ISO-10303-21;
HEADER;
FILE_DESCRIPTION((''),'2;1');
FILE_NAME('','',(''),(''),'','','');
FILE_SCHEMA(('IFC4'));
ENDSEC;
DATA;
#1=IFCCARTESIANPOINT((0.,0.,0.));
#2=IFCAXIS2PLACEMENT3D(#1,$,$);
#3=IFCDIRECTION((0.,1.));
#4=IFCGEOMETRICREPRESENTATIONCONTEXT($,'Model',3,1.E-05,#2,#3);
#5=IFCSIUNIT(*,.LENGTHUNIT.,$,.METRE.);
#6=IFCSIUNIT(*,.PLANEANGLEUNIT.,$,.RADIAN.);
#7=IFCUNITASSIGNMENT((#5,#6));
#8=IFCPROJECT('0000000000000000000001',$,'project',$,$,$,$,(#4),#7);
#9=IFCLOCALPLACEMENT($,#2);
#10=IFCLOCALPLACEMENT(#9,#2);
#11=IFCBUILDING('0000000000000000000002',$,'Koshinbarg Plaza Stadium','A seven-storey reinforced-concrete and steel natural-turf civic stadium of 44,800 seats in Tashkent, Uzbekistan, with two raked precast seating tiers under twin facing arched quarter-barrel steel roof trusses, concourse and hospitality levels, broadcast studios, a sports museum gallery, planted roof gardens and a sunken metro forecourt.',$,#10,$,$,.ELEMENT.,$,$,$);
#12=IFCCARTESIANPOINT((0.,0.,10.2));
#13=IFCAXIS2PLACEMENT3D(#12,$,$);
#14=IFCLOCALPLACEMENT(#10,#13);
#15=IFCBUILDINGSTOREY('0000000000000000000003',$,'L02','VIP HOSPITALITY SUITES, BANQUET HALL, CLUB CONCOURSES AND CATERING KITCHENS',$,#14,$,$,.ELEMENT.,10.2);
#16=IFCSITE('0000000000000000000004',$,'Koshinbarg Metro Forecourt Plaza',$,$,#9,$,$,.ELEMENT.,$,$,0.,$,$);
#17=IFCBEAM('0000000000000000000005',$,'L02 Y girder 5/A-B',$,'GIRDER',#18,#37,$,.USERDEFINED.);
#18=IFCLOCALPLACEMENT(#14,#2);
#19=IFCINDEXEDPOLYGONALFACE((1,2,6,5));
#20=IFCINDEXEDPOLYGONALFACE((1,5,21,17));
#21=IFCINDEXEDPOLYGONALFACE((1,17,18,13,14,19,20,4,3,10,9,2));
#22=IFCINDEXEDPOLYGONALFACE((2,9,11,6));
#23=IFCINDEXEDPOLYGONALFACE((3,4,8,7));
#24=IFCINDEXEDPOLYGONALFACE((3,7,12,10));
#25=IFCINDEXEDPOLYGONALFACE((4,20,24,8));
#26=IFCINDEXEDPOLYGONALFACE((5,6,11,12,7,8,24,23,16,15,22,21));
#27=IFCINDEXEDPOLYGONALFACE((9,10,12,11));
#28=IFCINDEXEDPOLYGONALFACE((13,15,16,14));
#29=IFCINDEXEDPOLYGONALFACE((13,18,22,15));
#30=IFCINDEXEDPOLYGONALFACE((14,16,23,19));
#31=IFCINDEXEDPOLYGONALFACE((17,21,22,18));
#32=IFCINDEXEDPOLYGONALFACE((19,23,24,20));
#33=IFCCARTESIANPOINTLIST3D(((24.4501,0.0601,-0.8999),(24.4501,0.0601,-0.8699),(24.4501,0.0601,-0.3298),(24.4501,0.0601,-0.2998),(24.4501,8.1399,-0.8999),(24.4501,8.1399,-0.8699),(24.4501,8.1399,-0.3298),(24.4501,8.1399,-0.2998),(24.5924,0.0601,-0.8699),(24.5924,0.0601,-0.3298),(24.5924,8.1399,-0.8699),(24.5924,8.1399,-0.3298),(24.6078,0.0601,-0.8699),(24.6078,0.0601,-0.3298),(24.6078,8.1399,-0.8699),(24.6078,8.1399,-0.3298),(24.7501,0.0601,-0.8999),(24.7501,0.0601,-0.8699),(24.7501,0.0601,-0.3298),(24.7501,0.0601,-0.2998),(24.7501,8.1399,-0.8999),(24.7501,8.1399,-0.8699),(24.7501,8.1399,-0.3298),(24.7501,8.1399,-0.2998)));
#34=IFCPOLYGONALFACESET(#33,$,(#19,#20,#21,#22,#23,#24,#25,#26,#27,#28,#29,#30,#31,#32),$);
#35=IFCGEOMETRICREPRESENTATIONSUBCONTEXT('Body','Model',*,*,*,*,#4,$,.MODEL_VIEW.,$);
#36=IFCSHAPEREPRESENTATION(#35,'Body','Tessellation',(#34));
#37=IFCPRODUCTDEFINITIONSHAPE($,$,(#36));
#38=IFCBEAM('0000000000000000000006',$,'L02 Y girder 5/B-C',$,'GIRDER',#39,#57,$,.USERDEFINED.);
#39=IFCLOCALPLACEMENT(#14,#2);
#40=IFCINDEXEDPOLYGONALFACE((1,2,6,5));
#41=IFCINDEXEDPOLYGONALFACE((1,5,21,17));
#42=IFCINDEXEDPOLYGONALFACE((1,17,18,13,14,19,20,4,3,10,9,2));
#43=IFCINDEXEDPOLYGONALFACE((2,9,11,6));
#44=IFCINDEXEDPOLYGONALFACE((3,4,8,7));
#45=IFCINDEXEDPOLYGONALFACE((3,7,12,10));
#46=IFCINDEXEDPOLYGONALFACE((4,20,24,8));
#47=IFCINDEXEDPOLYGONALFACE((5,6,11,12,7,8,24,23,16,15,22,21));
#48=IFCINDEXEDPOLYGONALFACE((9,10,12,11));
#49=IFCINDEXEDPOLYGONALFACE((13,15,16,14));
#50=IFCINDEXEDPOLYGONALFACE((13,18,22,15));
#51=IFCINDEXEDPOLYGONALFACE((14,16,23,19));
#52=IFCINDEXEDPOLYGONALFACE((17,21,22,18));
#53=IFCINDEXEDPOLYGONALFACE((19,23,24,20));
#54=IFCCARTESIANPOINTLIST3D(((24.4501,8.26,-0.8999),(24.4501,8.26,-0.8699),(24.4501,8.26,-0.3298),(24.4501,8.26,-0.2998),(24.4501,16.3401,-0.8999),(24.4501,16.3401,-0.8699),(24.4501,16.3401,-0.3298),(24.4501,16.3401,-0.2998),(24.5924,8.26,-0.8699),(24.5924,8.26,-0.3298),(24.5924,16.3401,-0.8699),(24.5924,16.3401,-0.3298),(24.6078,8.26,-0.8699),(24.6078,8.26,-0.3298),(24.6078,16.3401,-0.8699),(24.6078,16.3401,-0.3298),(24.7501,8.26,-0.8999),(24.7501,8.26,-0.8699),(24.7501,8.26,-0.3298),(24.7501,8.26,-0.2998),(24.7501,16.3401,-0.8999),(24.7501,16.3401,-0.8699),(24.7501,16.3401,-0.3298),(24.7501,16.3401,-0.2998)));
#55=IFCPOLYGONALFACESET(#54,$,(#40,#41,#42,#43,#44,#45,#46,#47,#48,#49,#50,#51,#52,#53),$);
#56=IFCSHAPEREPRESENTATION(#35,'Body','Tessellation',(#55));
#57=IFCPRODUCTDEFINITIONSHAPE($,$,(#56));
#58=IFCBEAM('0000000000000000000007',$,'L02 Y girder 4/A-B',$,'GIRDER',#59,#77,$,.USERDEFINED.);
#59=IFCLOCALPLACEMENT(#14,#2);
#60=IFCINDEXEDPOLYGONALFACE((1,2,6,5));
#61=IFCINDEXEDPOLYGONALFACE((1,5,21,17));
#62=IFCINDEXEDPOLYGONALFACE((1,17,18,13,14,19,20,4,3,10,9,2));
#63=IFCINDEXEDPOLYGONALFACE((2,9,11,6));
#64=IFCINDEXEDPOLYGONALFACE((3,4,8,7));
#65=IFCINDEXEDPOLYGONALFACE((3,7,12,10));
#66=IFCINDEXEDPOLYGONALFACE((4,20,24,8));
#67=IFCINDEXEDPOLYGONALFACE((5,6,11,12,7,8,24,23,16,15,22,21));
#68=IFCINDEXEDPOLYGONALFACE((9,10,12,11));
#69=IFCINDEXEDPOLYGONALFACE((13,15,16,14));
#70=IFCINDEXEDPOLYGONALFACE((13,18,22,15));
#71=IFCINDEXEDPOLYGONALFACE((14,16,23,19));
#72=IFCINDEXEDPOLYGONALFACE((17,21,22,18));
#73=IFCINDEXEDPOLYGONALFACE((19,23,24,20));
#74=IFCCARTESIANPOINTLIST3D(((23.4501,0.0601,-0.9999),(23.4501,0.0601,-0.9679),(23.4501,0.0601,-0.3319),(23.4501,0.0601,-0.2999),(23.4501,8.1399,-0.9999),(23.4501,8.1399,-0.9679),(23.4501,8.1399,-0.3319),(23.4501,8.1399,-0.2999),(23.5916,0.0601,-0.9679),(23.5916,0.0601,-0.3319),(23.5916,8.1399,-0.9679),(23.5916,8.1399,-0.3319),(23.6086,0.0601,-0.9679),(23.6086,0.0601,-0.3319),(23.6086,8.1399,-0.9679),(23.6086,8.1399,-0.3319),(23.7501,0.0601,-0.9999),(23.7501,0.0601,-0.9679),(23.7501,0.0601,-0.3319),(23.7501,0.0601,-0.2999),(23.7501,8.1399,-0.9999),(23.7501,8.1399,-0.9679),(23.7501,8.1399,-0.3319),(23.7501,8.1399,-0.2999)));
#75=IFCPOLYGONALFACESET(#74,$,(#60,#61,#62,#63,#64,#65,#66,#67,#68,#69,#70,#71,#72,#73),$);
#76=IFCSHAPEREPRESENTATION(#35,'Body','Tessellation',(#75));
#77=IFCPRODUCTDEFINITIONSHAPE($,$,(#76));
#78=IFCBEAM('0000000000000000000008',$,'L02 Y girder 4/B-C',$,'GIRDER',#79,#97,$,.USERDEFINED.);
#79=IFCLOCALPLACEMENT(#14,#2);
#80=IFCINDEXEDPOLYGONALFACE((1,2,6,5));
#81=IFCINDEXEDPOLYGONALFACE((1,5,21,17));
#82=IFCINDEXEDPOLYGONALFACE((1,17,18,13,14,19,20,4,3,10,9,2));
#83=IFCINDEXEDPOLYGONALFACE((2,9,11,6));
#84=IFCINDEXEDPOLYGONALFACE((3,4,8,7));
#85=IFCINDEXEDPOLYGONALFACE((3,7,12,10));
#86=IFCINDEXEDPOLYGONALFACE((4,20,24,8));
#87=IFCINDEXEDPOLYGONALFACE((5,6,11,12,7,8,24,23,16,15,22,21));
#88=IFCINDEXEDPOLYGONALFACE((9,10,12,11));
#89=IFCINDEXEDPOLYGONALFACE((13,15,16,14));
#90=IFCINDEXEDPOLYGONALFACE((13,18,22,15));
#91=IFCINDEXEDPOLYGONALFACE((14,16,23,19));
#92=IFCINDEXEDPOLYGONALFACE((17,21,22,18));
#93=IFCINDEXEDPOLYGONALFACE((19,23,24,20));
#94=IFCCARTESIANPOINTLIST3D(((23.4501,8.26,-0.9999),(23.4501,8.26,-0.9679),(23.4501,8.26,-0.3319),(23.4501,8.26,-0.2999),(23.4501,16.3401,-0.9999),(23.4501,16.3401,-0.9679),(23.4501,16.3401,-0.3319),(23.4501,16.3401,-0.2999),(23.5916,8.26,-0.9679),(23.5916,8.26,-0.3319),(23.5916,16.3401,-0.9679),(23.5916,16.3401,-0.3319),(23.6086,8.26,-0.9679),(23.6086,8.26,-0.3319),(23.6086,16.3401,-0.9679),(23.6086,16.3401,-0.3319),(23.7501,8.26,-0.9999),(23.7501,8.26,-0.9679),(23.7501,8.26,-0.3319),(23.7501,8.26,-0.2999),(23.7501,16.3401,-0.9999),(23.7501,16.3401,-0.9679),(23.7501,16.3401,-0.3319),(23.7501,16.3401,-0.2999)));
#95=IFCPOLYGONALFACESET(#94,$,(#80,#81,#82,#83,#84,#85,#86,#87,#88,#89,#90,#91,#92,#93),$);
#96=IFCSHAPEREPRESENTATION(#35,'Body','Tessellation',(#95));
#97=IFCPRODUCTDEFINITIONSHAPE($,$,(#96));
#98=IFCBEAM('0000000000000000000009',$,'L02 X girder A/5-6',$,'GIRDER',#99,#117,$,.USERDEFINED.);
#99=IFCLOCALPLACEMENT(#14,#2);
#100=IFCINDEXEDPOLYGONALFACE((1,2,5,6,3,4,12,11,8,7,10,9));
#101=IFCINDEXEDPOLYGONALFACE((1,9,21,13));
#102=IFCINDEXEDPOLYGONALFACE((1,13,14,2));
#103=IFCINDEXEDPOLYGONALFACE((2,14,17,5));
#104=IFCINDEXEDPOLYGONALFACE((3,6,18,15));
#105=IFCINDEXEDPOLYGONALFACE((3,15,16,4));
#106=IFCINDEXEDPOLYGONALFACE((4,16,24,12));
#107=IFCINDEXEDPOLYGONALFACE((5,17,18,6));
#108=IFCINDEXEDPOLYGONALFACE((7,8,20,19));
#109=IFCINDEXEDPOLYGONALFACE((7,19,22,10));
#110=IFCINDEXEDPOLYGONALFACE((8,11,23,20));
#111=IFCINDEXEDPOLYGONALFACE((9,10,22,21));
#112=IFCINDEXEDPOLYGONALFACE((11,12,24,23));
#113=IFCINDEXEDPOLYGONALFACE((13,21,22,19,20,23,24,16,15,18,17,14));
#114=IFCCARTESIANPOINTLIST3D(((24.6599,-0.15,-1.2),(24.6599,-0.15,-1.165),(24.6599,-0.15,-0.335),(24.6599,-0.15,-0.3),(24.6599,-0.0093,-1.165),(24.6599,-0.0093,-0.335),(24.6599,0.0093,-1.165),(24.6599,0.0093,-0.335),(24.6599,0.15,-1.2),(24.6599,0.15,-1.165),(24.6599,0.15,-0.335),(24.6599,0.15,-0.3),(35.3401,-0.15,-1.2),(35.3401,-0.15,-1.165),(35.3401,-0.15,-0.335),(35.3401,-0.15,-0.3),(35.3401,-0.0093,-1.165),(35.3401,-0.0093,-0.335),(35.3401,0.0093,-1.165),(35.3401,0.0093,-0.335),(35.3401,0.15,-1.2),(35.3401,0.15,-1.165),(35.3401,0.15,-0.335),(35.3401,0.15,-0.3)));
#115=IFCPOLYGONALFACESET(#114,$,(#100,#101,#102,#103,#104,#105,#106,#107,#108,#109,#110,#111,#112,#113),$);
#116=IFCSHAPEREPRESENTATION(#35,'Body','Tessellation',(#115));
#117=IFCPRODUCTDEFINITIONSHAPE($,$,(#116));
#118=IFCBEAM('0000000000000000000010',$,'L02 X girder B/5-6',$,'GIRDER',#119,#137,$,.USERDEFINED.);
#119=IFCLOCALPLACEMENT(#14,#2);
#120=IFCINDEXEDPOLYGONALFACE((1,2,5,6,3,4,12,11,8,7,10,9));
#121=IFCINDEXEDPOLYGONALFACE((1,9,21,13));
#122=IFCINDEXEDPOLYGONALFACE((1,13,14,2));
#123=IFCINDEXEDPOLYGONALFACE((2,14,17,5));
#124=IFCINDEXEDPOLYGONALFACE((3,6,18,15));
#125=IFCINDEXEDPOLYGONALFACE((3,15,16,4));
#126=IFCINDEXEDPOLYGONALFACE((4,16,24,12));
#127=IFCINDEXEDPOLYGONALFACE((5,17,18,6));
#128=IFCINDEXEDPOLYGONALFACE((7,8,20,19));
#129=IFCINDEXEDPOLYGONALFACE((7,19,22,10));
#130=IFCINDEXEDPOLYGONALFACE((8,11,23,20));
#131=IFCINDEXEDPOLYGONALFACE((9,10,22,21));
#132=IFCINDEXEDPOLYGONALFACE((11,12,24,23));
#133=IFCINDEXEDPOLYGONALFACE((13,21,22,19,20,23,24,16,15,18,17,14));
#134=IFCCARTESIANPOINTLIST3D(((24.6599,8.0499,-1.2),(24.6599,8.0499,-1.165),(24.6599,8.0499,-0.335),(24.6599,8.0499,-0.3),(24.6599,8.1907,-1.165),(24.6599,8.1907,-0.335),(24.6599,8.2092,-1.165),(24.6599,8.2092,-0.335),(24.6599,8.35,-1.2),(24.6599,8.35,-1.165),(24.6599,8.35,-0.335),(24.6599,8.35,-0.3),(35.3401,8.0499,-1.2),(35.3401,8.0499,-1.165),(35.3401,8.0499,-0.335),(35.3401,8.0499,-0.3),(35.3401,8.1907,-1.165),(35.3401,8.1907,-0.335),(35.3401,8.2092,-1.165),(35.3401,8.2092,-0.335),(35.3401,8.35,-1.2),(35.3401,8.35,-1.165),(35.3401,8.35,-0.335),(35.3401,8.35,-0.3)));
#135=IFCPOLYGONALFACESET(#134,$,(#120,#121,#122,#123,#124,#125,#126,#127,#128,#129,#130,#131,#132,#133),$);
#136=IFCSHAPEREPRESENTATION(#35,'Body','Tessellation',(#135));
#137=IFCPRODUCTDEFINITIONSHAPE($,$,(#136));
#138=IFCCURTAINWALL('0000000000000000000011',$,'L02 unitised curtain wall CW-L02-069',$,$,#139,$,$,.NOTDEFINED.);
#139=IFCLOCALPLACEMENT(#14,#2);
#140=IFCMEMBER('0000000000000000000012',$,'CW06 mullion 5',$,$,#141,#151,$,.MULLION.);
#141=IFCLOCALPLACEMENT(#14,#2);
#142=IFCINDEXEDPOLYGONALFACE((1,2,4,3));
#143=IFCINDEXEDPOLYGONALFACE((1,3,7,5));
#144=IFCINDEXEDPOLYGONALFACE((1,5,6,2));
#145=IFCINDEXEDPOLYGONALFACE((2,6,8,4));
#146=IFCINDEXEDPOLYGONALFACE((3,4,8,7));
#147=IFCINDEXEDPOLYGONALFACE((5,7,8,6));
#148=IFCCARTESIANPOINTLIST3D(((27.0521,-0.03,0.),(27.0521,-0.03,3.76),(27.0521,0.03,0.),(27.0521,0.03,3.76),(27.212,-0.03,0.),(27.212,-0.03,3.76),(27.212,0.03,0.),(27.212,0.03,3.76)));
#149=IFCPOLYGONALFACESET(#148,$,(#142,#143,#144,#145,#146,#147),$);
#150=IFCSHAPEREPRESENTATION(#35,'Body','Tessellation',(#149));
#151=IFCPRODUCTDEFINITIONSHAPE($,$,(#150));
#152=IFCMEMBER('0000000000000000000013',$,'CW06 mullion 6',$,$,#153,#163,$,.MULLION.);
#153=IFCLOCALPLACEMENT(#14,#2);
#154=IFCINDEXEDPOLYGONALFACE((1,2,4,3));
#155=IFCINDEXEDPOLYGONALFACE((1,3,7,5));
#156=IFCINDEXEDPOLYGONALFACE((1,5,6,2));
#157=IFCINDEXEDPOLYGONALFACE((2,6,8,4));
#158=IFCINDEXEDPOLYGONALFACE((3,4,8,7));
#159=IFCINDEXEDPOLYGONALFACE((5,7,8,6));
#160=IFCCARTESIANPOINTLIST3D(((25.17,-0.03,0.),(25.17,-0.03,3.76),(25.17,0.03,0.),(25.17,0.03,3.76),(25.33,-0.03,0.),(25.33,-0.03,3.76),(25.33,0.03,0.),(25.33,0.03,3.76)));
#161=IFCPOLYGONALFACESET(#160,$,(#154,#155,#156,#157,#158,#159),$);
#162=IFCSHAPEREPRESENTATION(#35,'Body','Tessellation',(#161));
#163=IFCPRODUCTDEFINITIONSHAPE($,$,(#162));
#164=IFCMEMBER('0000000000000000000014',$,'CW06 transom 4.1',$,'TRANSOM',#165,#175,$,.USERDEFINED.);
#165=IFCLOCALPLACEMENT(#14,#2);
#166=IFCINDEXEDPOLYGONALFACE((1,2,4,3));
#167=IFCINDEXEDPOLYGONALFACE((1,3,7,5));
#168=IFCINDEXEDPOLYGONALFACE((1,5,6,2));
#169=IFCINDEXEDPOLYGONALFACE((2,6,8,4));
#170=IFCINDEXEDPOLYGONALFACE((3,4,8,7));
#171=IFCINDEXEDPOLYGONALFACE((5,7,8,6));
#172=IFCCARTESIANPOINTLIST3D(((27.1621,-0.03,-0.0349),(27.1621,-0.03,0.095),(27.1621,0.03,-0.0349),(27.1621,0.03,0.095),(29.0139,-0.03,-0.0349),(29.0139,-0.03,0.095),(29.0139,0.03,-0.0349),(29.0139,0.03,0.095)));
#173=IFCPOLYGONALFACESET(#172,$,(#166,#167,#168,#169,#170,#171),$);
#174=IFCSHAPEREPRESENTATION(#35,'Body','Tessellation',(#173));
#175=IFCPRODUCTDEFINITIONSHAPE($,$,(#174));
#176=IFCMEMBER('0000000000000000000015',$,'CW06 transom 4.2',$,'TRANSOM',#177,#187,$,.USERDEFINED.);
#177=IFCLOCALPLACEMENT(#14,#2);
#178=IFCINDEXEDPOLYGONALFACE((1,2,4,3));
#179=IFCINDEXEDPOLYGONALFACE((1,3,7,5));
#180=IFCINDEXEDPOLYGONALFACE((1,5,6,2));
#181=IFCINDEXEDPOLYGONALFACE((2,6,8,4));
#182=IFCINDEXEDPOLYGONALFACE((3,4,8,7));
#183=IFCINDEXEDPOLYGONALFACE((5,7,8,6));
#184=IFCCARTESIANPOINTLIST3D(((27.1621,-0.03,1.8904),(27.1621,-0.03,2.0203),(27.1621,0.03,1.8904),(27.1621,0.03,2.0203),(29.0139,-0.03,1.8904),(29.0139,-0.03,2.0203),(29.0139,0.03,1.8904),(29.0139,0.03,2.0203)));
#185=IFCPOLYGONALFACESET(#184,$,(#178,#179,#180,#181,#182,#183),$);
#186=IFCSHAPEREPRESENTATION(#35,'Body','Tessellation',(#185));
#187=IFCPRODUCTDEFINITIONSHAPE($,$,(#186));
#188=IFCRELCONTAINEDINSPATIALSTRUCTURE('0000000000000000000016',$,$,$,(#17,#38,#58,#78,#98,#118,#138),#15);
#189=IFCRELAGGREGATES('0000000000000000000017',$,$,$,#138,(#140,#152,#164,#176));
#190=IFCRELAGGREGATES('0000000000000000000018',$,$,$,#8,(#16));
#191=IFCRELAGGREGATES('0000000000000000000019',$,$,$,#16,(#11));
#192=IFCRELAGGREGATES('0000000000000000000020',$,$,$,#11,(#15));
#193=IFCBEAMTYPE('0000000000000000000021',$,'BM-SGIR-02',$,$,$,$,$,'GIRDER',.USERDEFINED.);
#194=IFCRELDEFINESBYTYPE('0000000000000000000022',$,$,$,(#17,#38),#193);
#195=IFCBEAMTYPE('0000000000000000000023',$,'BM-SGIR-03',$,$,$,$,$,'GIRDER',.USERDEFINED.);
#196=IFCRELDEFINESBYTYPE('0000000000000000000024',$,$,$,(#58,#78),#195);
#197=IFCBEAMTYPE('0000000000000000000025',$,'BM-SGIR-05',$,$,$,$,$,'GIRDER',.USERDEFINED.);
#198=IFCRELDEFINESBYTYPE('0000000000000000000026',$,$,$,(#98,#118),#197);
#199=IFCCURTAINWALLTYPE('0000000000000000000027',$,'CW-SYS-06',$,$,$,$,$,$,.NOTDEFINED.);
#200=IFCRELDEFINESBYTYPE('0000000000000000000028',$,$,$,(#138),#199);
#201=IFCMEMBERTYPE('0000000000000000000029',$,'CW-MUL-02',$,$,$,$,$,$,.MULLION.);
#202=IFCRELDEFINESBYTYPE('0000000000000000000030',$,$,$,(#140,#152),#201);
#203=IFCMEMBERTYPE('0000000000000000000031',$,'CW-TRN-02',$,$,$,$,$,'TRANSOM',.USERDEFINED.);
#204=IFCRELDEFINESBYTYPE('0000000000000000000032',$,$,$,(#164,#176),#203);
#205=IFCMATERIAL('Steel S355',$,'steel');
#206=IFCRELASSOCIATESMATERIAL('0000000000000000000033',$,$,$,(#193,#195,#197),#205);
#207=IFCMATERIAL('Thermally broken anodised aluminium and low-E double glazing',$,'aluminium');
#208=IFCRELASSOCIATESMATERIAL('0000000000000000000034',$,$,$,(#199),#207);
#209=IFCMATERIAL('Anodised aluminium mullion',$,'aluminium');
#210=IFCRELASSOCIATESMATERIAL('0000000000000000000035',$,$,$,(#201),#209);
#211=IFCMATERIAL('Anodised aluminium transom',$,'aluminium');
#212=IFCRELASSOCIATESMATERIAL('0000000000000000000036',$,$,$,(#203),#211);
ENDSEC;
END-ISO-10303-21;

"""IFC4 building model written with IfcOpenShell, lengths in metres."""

from ifc_helpers import new_model, si_unit, direction, frame, origin, origin_2d, place, context, subcontext, project, spatial, rectangle, i_section, extrude, material, material_profile, profile_set, type_object, element, aggregate, save


model = new_model("IFC4")

# Units and contexts
model_context = context("Model", 3, precision=1e-05, world=origin(), true_north=direction((0.0, 1.0)))
body_context = subcontext(model_context, "Body", "Model", "MODEL_VIEW")
ifc_project = project(units=[si_unit("LENGTHUNIT", "METRE"), si_unit("PLANEANGLEUNIT", "RADIAN")], contexts=[model_context])

# Site, building, storey
site_placement = place(None, origin())
site = spatial("IfcSite", under=ifc_project, at=site_placement, Name="Koshinbarg Metro Forecourt Plaza", CompositionType="ELEMENT", RefElevation=0.0)
building_placement = place(site_placement, origin())
building = spatial("IfcBuilding", under=site, at=building_placement, Name="Koshinbarg Plaza Stadium", Description="A seven-storey reinforced-concrete and steel natural-turf civic stadium of 44,800 seats in Tashkent, Uzbekistan, with two raked precast seating tiers under twin facing arched quarter-barrel steel roof trusses, concourse and hospitality levels, broadcast studios, a sports museum gallery, planted roof gardens and a sunken metro forecourt.", CompositionType="ELEMENT")
storey_placement = place(building_placement, frame((0.0, 0.0, 10.2)))
storey = spatial("IfcBuildingStorey", under=building, at=storey_placement, Name="L02", Description="VIP HOSPITALITY SUITES, BANQUET HALL, CLUB CONCOURSES AND CATERING KITCHENS", CompositionType="ELEMENT", Elevation=10.2)

# Shared definitions
ifc_material_1 = material(Name="Steel S355", Category="steel")

# Beams
ifc_material_profile_1 = material_profile(ifc_material_1, i_section(OverallWidth=0.3, OverallDepth=0.6001, WebThickness=0.0154, FlangeThickness=0.03, at=origin_2d()), Name="HEB 600")
ifc_profile_set_1 = profile_set([ifc_material_profile_1], Name="Steel S355")
beam_type_1 = type_object("IfcBeamType", Name="BM-SGIR-02", ElementType="GIRDER", PredefinedType="USERDEFINED", material=ifc_profile_set_1)
beam_1_placement = place(storey_placement, frame((24.6001, 0.0601, -0.5999), z_axis=(0.0, 1.0, 0.0), x_axis=(-1.0, 0.0, 0.0)))
element("IfcBeam", 1, at=beam_1_placement, inside=storey, type_object=beam_type_1, Name="L02 Y girder 5/A-B", ObjectType="GIRDER", PredefinedType="USERDEFINED", context=body_context, shape_type="SweptSolid", body=[
    extrude(i_section(OverallWidth=0.3, OverallDepth=0.6001, WebThickness=0.0154, FlangeThickness=0.03, at=origin_2d()), origin(), (0.0, 0.0, 1.0), 8.0798),
])
beam_2_placement = place(storey_placement, frame((24.6001, 8.26, -0.5999), z_axis=(0.0, 1.0, 0.0), x_axis=(-1.0, 0.0, 0.0)))
element("IfcBeam", 2, at=beam_2_placement, inside=storey, type_object=beam_type_1, Name="L02 Y girder 5/B-C", ObjectType="GIRDER", PredefinedType="USERDEFINED", context=body_context, shape_type="SweptSolid", body=[
    extrude(i_section(OverallWidth=0.3, OverallDepth=0.6001, WebThickness=0.0154, FlangeThickness=0.03, at=origin_2d()), origin(), (0.0, 0.0, 1.0), 8.0801),
])
ifc_material_profile_2 = material_profile(ifc_material_1, i_section(OverallWidth=0.3, OverallDepth=0.7, WebThickness=0.0171, FlangeThickness=0.032, at=origin_2d()), Name="HEB 700")
ifc_profile_set_2 = profile_set([ifc_material_profile_2], Name="Steel S355")
beam_type_2 = type_object("IfcBeamType", Name="BM-SGIR-03", ElementType="GIRDER", PredefinedType="USERDEFINED", material=ifc_profile_set_2)
beam_3_placement = place(storey_placement, frame((23.6001, 0.0601, -0.6499), z_axis=(0.0, 1.0, 0.0), x_axis=(-1.0, 0.0, 0.0)))
element("IfcBeam", 3, at=beam_3_placement, inside=storey, type_object=beam_type_2, Name="L02 Y girder 4/A-B", ObjectType="GIRDER", PredefinedType="USERDEFINED", context=body_context, shape_type="SweptSolid", body=[
    extrude(i_section(OverallWidth=0.3, OverallDepth=0.7, WebThickness=0.0171, FlangeThickness=0.032, at=origin_2d()), origin(), (0.0, 0.0, 1.0), 8.0798),
])
beam_4_placement = place(storey_placement, frame((23.6001, 8.26, -0.6499), z_axis=(0.0, 1.0, 0.0), x_axis=(-1.0, 0.0, 0.0)))
element("IfcBeam", 4, at=beam_4_placement, inside=storey, type_object=beam_type_2, Name="L02 Y girder 4/B-C", ObjectType="GIRDER", PredefinedType="USERDEFINED", context=body_context, shape_type="SweptSolid", body=[
    extrude(i_section(OverallWidth=0.3, OverallDepth=0.7, WebThickness=0.0171, FlangeThickness=0.032, at=origin_2d()), origin(), (0.0, 0.0, 1.0), 8.0801),
])
ifc_material_profile_3 = material_profile(ifc_material_1, i_section(OverallWidth=0.3, OverallDepth=0.8999, WebThickness=0.0186, FlangeThickness=0.0349, at=origin_2d()), Name="HEB 900")
ifc_profile_set_3 = profile_set([ifc_material_profile_3], Name="Steel S355")
beam_type_3 = type_object("IfcBeamType", Name="BM-SGIR-05", ElementType="GIRDER", PredefinedType="USERDEFINED", material=ifc_profile_set_3)
for number, where, z_axis, x_axis, name in (
    (5, (24.6599, 0.0, -0.75), (1.0, 0.0, 0.0), (0.0, 1.0, 0.0), "L02 X girder A/5-6"),
    (6, (24.6599, 8.2, -0.75), (1.0, 0.0, 0.0), (0.0, 1.0, 0.0), "L02 X girder B/5-6"),
):
    element("IfcBeam", number, at=place(storey_placement, frame(where, z_axis=z_axis, x_axis=x_axis)), inside=storey, type_object=beam_type_3, Name=name, ObjectType="GIRDER", PredefinedType="USERDEFINED", context=body_context, shape_type="SweptSolid", body=[
        extrude(i_section(OverallWidth=0.3, OverallDepth=0.8999, WebThickness=0.0186, FlangeThickness=0.0349, at=origin_2d()), origin(), (0.0, 0.0, 1.0), 10.6802),
    ])

# Curtain wall, members
ifc_material_2 = material(Name="Thermally broken anodised aluminium and low-E double glazing", Category="aluminium")
curtain_wall_type = type_object("IfcCurtainWallType", Name="CW-SYS-06", PredefinedType="NOTDEFINED", material=ifc_material_2)
curtain_wall_placement = place(storey_placement, origin())
curtain_wall = element("IfcCurtainWall", 7, at=curtain_wall_placement, inside=storey, type_object=curtain_wall_type, Name="L02 unitised curtain wall CW-L02-069", PredefinedType="NOTDEFINED")
ifc_material_3 = material(Name="Anodised aluminium mullion", Category="aluminium")
ifc_material_profile_4 = material_profile(ifc_material_3, rectangle(XDim=0.0601, YDim=0.1599, at=origin_2d()), Name="ALU 60x160")
ifc_profile_set_4 = profile_set([ifc_material_profile_4], Name="Anodised aluminium mullion")
member_type_1 = type_object("IfcMemberType", Name="CW-MUL-02", PredefinedType="MULLION", material=ifc_profile_set_4)
member_1_placement = place(storey_placement, frame((27.1321, 0.0, 0.0), z_axis=(0.0, 0.0, 1.0), x_axis=(0.0, -1.0, 0.0)))
member_1 = element("IfcMember", 8, at=member_1_placement, type_object=member_type_1, Name="CW06 mullion 5", PredefinedType="MULLION", context=body_context, shape_type="SweptSolid", body=[
    extrude(rectangle(XDim=0.0601, YDim=0.1599, at=origin_2d()), origin(), (0.0, 0.0, 1.0), 3.76),
])
member_2_placement = place(storey_placement, frame((25.25, 0.0, 0.0), z_axis=(0.0, 0.0, 1.0), x_axis=(0.0, -1.0, 0.0)))
member_2 = element("IfcMember", 9, at=member_2_placement, type_object=member_type_1, Name="CW06 mullion 6", PredefinedType="MULLION", context=body_context, shape_type="SweptSolid", body=[
    extrude(rectangle(XDim=0.0601, YDim=0.1599, at=origin_2d()), origin(), (0.0, 0.0, 1.0), 3.76),
])
ifc_material_4 = material(Name="Anodised aluminium transom", Category="aluminium")
ifc_material_profile_5 = material_profile(ifc_material_4, rectangle(XDim=0.0601, YDim=0.1299, at=origin_2d()), Name="ALU 60x130")
ifc_profile_set_5 = profile_set([ifc_material_profile_5], Name="Anodised aluminium transom")
member_type_2 = type_object("IfcMemberType", Name="CW-TRN-02", ElementType="TRANSOM", PredefinedType="USERDEFINED", material=ifc_profile_set_5)
member_3_placement = place(storey_placement, frame((29.0139, 0.0, 0.03), z_axis=(-1.0, 0.0, 0.0), x_axis=(0.0, -1.0, 0.0)))
member_3 = element("IfcMember", 10, at=member_3_placement, type_object=member_type_2, Name="CW06 transom 4.1", ObjectType="TRANSOM", PredefinedType="USERDEFINED", context=body_context, shape_type="SweptSolid", body=[
    extrude(rectangle(XDim=0.0601, YDim=0.1299, at=origin_2d()), origin(), (0.0, 0.0, 1.0), 1.8518),
])
member_4_placement = place(storey_placement, frame((29.0139, 0.0, 1.9553), z_axis=(-1.0, 0.0, 0.0), x_axis=(0.0, -1.0, 0.0)))
member_4 = element("IfcMember", 11, at=member_4_placement, type_object=member_type_2, Name="CW06 transom 4.2", ObjectType="TRANSOM", PredefinedType="USERDEFINED", context=body_context, shape_type="SweptSolid", body=[
    extrude(rectangle(XDim=0.0601, YDim=0.1299, at=origin_2d()), origin(), (0.0, 0.0, 1.0), 1.8518),
])
aggregate(curtain_wall, [member_1, member_2, member_3, member_4])

save(model, "model.ifc")
